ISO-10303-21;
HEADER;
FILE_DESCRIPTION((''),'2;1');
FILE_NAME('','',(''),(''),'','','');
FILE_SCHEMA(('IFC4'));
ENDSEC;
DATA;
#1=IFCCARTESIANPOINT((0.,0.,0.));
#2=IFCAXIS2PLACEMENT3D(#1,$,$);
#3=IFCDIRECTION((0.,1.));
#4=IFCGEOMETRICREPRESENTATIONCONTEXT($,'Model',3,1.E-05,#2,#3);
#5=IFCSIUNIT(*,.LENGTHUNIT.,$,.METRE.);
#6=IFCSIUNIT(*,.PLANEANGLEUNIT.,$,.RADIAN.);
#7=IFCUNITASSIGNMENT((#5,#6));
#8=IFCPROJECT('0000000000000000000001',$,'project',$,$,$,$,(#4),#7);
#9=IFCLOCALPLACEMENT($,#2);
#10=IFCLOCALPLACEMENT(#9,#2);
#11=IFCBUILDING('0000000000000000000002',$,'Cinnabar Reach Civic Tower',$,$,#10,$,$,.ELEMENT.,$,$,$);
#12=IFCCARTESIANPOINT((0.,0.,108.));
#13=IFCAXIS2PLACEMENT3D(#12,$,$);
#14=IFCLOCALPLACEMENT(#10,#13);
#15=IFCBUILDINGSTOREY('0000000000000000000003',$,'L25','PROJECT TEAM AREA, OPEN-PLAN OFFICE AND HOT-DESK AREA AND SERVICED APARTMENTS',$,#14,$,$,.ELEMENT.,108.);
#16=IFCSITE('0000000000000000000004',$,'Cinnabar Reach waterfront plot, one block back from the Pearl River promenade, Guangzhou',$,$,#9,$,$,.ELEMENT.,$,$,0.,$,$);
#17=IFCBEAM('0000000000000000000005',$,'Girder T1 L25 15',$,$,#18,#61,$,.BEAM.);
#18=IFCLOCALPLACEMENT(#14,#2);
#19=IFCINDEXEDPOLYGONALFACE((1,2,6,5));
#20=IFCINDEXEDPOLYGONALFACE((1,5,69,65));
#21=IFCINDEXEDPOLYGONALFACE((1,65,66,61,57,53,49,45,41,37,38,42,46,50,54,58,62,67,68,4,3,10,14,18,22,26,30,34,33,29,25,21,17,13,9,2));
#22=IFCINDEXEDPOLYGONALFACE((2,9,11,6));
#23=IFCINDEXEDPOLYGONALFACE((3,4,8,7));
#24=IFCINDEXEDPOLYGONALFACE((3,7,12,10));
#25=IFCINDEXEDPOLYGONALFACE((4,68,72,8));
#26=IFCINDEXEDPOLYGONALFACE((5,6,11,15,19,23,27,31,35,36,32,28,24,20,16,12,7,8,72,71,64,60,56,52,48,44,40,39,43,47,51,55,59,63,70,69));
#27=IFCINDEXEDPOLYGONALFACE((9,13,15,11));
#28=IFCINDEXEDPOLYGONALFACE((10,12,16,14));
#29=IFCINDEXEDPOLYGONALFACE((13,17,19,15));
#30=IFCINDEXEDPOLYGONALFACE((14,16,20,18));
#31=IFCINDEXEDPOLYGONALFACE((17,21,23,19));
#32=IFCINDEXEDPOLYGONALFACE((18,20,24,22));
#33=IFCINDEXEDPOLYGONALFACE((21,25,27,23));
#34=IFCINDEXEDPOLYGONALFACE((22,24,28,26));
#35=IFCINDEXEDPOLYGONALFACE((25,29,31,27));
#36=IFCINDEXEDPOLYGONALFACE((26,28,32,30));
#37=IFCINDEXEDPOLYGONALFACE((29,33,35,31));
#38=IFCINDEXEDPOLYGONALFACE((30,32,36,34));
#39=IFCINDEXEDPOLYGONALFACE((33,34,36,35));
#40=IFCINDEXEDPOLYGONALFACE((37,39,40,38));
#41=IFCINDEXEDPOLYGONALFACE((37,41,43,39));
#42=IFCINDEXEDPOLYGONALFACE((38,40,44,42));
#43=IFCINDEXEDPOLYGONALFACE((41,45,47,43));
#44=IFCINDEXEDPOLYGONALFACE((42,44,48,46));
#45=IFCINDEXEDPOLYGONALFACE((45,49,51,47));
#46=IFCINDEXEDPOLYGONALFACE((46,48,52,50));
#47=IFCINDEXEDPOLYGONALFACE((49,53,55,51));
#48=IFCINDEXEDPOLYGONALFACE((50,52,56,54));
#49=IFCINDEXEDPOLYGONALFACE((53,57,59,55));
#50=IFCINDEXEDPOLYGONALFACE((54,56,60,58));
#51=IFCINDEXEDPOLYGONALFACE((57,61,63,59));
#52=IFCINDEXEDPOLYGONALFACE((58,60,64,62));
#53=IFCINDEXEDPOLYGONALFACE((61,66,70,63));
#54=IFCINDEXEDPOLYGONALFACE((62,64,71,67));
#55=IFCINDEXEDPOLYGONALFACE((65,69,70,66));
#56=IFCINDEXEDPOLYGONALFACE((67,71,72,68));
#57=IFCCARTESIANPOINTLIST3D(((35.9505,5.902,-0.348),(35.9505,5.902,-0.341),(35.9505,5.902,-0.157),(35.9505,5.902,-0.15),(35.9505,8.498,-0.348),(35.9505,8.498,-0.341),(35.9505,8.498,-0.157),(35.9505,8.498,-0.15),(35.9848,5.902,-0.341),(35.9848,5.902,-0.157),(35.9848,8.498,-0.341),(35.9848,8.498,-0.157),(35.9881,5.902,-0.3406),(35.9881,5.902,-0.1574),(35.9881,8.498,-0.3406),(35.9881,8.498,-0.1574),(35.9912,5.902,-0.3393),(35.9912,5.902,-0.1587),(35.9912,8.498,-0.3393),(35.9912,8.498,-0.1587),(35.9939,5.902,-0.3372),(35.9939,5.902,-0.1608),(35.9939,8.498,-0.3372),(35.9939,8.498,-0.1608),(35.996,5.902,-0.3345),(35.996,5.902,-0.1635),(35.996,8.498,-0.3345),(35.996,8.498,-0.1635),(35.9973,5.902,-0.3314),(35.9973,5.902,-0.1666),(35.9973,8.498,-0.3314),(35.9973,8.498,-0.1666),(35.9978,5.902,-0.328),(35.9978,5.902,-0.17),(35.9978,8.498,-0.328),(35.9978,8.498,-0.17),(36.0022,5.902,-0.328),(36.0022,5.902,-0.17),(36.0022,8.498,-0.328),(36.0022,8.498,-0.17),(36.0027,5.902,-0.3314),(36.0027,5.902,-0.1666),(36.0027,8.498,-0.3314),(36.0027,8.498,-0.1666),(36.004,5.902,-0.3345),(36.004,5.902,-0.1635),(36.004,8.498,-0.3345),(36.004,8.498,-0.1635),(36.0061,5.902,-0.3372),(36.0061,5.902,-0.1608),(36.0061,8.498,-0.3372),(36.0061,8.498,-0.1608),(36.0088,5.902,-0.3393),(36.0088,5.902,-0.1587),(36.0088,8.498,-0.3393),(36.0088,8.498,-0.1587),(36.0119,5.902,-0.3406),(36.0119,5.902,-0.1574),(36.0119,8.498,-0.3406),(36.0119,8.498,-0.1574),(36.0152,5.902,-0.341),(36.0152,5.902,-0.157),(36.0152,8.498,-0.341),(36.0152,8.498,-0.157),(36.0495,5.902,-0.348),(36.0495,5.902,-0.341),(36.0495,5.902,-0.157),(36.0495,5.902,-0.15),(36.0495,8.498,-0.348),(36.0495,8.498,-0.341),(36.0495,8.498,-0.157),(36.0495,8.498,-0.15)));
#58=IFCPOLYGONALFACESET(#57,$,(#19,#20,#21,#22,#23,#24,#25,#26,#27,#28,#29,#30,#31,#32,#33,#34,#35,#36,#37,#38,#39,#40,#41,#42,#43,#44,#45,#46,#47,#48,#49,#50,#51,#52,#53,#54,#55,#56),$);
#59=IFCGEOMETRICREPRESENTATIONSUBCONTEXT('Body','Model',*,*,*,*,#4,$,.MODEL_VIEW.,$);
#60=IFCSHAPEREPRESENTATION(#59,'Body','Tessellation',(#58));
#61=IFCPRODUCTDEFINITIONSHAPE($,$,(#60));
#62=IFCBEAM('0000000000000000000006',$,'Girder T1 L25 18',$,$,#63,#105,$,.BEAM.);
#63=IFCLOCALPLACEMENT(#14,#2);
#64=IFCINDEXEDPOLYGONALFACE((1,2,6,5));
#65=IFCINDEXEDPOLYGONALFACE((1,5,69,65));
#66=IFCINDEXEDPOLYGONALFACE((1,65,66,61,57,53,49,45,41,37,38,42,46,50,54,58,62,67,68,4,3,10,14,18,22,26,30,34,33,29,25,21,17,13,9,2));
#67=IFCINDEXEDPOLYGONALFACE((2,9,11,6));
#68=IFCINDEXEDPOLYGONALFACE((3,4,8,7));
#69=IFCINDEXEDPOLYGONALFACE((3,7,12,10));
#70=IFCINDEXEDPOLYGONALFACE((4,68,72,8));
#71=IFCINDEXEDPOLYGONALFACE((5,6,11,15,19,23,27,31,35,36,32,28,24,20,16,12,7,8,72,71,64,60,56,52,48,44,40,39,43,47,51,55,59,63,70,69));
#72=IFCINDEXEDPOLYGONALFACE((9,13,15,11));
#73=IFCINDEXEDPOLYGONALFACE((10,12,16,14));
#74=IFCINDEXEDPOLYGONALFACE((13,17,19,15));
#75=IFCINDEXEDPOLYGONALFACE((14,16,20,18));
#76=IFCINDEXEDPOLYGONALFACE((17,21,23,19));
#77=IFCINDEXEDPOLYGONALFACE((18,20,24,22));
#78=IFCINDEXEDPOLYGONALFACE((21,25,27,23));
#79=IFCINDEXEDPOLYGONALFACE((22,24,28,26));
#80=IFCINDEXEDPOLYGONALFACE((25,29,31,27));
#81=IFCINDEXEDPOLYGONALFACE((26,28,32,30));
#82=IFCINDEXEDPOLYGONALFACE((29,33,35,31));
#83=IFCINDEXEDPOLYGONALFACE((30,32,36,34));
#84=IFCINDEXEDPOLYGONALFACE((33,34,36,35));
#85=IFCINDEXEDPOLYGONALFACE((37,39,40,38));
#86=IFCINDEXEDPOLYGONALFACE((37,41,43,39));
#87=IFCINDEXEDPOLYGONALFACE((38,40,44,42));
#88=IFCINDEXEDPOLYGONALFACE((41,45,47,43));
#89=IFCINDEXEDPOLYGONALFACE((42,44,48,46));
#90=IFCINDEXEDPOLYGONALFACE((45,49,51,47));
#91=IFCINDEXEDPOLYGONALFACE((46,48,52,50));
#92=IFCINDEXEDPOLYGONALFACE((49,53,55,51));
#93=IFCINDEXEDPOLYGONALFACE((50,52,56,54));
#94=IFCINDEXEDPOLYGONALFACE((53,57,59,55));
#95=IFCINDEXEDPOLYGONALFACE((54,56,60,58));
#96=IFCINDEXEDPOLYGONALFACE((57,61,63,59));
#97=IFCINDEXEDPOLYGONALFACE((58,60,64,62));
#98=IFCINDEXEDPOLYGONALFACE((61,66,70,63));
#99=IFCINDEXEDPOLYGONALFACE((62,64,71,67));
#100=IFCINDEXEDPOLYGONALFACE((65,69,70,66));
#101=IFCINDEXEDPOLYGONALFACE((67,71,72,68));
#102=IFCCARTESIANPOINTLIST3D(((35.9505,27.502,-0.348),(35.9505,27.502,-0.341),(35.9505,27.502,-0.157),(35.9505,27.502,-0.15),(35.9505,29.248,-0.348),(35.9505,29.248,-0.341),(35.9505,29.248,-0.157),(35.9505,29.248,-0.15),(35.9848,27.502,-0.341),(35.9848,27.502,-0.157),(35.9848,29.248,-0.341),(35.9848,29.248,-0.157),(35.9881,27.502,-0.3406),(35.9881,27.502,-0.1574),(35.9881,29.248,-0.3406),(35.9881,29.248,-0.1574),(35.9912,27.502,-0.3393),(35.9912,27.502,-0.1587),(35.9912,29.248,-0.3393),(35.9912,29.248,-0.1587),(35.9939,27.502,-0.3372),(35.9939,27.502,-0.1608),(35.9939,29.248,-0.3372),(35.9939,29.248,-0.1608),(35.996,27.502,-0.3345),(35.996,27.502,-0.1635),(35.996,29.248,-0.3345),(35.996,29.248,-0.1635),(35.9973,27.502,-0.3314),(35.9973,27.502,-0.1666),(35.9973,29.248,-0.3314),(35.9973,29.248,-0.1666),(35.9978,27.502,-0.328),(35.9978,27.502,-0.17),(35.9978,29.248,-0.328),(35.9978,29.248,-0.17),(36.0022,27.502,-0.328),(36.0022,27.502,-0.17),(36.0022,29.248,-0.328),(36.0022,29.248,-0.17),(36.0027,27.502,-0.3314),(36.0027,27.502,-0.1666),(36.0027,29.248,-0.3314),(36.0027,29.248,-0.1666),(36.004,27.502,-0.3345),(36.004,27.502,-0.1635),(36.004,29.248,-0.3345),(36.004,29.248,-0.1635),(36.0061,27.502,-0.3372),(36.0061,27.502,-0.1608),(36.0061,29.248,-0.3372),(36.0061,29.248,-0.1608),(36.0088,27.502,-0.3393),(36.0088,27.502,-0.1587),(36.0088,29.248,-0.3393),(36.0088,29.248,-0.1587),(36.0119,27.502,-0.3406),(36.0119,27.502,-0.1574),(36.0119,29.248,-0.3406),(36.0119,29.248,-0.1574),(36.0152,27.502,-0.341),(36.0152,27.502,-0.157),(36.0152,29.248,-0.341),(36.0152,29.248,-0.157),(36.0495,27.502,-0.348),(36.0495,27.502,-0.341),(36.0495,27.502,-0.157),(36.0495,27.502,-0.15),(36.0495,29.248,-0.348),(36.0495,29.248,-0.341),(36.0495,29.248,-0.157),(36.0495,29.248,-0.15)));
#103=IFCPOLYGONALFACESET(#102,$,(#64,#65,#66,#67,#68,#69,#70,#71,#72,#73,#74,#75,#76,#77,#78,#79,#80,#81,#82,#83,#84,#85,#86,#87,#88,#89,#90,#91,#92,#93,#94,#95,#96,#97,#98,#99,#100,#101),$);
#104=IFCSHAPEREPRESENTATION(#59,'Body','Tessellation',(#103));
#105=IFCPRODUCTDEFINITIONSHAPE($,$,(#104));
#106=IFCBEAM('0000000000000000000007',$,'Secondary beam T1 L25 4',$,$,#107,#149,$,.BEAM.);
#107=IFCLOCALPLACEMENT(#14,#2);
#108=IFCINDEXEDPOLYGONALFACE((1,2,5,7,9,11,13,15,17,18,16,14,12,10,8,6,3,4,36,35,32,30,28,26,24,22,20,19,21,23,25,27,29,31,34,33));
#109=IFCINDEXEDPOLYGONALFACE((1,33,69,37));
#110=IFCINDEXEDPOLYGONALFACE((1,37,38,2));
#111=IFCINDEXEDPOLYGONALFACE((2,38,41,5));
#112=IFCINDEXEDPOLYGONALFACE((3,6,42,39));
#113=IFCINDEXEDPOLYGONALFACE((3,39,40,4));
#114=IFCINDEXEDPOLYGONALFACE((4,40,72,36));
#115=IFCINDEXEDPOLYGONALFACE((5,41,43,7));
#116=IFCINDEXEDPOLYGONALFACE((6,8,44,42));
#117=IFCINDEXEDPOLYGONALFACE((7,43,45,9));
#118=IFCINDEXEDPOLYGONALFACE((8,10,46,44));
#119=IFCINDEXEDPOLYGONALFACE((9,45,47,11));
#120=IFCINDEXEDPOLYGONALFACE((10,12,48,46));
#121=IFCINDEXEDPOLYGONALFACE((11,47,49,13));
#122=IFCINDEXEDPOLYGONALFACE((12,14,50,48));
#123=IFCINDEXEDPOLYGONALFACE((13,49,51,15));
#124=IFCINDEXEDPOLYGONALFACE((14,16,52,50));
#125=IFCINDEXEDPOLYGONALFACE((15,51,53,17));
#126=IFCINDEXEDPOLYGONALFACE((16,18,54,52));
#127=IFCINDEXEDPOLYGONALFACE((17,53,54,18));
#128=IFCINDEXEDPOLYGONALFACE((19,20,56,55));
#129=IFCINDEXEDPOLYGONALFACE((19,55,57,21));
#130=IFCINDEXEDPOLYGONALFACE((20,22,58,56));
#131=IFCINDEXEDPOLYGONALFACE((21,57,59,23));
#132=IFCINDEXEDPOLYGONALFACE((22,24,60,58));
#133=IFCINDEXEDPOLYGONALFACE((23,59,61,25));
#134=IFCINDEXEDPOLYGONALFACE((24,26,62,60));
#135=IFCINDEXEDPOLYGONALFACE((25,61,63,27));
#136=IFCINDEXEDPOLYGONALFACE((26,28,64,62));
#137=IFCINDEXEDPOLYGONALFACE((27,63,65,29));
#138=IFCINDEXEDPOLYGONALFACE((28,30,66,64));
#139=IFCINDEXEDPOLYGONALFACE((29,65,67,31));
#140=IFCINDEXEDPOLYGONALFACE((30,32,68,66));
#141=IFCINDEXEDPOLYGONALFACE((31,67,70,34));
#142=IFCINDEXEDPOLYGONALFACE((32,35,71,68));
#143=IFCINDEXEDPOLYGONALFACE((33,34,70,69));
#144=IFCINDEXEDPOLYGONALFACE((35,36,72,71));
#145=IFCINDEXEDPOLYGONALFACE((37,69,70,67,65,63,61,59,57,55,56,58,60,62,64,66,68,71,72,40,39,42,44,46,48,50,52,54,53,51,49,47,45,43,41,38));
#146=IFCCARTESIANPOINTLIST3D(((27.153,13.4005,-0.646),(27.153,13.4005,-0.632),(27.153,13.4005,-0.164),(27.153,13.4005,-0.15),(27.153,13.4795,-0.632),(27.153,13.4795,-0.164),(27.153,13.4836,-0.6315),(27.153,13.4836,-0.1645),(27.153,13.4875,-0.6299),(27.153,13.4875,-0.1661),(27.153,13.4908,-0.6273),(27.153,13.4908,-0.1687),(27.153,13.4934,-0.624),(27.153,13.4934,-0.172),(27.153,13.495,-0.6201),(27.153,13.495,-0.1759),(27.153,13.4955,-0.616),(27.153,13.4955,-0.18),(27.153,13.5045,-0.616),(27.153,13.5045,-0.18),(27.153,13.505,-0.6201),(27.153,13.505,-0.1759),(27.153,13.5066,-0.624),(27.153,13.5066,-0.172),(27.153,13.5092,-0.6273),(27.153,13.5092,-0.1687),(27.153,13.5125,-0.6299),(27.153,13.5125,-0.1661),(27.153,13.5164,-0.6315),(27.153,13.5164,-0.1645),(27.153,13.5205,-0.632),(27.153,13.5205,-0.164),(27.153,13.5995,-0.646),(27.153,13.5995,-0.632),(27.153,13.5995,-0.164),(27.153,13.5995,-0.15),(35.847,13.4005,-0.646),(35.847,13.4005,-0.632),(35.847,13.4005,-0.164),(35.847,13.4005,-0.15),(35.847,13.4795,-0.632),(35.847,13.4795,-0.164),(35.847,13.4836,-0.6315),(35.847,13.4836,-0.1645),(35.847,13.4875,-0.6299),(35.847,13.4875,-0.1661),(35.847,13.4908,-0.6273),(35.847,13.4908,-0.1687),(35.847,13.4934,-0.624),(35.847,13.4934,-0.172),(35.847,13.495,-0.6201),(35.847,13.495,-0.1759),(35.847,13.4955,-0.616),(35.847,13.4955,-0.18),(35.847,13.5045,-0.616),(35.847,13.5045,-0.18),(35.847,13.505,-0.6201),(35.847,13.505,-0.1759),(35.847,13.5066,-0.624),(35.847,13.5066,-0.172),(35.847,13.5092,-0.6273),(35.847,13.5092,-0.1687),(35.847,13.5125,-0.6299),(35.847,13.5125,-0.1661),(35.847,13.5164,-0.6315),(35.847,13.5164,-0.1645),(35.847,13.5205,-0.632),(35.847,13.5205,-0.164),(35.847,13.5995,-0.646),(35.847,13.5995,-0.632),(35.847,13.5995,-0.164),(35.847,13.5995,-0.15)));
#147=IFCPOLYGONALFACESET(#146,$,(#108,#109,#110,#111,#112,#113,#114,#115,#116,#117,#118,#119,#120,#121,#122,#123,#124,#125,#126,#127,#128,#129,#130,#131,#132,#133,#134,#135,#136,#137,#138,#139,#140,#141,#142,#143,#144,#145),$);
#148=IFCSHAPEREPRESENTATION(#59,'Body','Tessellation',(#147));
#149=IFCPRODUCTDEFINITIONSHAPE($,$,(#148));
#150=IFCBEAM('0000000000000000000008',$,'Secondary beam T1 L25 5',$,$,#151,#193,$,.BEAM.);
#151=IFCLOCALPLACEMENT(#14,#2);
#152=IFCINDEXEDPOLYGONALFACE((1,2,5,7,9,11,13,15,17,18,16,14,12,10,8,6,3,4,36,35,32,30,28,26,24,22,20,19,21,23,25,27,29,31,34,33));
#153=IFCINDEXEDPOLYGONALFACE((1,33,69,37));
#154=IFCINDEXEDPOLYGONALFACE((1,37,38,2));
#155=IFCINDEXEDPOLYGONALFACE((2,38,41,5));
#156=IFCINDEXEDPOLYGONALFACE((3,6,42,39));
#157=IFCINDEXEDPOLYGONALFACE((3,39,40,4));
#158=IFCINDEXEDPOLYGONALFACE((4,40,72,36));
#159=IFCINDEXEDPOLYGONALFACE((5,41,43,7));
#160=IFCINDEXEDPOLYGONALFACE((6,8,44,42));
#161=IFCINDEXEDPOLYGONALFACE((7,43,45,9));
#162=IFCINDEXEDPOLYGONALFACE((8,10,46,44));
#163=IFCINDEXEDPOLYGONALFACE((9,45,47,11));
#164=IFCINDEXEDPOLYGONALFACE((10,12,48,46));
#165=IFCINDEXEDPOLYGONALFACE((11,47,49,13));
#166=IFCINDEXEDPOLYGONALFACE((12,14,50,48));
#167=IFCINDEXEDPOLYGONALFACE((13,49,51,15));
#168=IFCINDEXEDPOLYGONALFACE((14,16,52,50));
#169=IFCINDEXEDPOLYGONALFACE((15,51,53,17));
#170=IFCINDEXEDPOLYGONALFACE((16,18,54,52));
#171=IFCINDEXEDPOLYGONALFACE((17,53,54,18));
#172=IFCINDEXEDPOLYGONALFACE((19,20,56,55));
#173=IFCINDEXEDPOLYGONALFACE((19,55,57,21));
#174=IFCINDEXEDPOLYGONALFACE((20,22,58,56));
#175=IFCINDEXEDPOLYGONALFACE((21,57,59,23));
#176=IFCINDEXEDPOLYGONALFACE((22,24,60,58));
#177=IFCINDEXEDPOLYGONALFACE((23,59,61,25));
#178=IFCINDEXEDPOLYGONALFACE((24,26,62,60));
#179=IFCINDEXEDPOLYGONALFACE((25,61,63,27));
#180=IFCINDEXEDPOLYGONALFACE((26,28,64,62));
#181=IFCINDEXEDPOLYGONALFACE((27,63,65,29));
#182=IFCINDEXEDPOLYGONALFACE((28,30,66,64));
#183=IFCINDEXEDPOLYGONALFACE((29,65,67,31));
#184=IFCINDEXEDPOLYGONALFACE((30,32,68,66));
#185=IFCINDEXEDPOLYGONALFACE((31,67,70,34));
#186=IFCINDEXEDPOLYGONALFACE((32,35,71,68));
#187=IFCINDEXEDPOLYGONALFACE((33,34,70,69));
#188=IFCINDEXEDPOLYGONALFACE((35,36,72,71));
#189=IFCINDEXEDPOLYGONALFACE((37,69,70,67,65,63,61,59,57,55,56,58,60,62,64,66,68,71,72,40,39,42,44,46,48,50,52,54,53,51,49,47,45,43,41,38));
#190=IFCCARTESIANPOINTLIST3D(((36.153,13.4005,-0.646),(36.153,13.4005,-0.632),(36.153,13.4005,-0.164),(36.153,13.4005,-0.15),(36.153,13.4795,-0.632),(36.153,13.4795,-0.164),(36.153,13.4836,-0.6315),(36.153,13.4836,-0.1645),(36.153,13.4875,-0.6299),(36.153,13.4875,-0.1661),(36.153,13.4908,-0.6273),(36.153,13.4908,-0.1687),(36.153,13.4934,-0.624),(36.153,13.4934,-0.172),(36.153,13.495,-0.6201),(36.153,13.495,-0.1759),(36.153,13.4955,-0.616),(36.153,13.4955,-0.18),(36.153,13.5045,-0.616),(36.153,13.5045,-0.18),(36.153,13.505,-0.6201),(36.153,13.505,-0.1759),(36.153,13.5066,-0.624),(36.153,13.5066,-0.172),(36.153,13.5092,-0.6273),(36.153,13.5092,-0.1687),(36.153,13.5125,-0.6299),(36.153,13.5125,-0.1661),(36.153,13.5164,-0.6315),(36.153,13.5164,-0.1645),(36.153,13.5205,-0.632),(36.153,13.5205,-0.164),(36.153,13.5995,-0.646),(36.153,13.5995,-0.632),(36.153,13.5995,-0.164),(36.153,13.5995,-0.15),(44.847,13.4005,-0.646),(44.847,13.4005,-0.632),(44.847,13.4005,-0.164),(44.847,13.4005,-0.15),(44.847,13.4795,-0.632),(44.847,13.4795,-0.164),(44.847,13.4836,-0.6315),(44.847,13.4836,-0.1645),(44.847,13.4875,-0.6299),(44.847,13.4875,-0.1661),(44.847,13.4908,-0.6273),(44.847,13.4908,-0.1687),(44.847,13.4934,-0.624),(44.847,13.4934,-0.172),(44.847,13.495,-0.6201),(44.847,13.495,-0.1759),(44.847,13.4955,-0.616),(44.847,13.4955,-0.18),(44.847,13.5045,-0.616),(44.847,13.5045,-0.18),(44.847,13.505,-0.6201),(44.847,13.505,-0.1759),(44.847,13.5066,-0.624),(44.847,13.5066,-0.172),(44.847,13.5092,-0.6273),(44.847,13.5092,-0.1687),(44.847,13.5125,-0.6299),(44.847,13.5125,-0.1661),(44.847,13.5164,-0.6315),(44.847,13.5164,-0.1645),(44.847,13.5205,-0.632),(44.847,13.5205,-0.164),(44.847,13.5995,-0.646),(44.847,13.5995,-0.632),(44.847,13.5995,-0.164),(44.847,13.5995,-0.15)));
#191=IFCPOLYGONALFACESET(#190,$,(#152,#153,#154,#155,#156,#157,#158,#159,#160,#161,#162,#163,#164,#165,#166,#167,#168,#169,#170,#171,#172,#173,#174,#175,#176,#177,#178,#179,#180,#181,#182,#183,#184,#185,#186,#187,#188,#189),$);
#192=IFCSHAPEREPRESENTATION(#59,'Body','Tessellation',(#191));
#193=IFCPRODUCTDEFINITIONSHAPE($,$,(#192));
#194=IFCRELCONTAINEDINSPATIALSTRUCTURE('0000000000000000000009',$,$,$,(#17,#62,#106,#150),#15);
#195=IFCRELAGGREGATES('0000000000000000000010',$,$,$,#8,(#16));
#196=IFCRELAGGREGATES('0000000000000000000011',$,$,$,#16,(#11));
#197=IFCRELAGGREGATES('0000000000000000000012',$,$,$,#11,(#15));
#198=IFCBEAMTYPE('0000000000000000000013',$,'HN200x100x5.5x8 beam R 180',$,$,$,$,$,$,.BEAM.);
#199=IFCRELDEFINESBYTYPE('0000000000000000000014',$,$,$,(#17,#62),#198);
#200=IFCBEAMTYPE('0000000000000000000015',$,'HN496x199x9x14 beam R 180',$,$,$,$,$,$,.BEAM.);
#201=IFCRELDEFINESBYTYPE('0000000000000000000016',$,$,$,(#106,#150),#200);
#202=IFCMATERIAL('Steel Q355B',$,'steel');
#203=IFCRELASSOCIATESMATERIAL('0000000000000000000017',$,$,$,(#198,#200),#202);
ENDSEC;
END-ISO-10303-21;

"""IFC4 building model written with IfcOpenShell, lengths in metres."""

from ifc_helpers import new_model, si_unit, direction, frame, origin, origin_2d, place, context, subcontext, project, spatial, i_section, extrude, material, material_profile, profile_set, type_object, element, save


model = new_model("IFC4")

# Units and contexts
model_context = context("Model", 3, precision=1e-05, world=origin(), true_north=direction((0.0, 1.0)))
body_context = subcontext(model_context, "Body", "Model", "MODEL_VIEW")
ifc_project = project(units=[si_unit("LENGTHUNIT", "METRE"), si_unit("PLANEANGLEUNIT", "RADIAN")], contexts=[model_context])

# Site, building, storey
site_placement = place(None, origin())
site = spatial("IfcSite", under=ifc_project, at=site_placement, Name="Cinnabar Reach waterfront plot, one block back from the Pearl River promenade, Guangzhou", CompositionType="ELEMENT", RefElevation=0.0)
building_placement = place(site_placement, origin())
building = spatial("IfcBuilding", under=site, at=building_placement, Name="Cinnabar Reach Civic Tower", CompositionType="ELEMENT")
storey_placement = place(building_placement, frame((0.0, 0.0, 108.0)))
storey = spatial("IfcBuildingStorey", under=building, at=storey_placement, Name="L25", Description="PROJECT TEAM AREA, OPEN-PLAN OFFICE AND HOT-DESK AREA AND SERVICED APARTMENTS", CompositionType="ELEMENT", Elevation=108.0)

# Beams
ifc_material_1 = material(Name="Steel Q355B", Category="steel")
ifc_material_profile_1 = material_profile(ifc_material_1, i_section(OverallWidth=0.099, OverallDepth=0.198, WebThickness=0.0045, FlangeThickness=0.007, FilletRadius=0.013, at=origin_2d()), Name="HN200x100x5.5x8")
ifc_profile_set_1 = profile_set([ifc_material_profile_1], Name="Steel Q355B")
beam_type_1 = type_object("IfcBeamType", Name="HN200x100x5.5x8 beam R 180", PredefinedType="BEAM", material=ifc_profile_set_1)
for number, where, z_axis, x_axis, name in (
    (1, (36.0, 5.902, -0.249), (0.0, 1.0, 0.0), (-1.0, 0.0, 0.0), "Girder T1 L25 15"),
):
    element("IfcBeam", number, at=place(storey_placement, frame(where, z_axis=z_axis, x_axis=x_axis)), inside=storey, type_object=beam_type_1, Name=name, PredefinedType="BEAM", context=body_context, shape_type="SweptSolid", body=[
        extrude(i_section(OverallWidth=0.099, OverallDepth=0.198, WebThickness=0.0045, FlangeThickness=0.007, FilletRadius=0.013, at=origin_2d()), origin(), (0.0, 0.0, 1.0), 2.596),
    ])
beam_1_placement = place(storey_placement, frame((36.0, 27.502, -0.249), z_axis=(0.0, 1.0, 0.0), x_axis=(-1.0, 0.0, 0.0)))
element("IfcBeam", 2, at=beam_1_placement, inside=storey, type_object=beam_type_1, Name="Girder T1 L25 18", PredefinedType="BEAM", context=body_context, shape_type="SweptSolid", body=[
    extrude(i_section(OverallWidth=0.099, OverallDepth=0.198, WebThickness=0.0045, FlangeThickness=0.007, FilletRadius=0.013, at=origin_2d()), origin(), (0.0, 0.0, 1.0), 1.746),
])
ifc_material_profile_2 = material_profile(ifc_material_1, i_section(OverallWidth=0.199, OverallDepth=0.496, WebThickness=0.009, FlangeThickness=0.014, FilletRadius=0.016, at=origin_2d()), Name="HN496x199x9x14")
ifc_profile_set_2 = profile_set([ifc_material_profile_2], Name="Steel Q355B")
beam_type_2 = type_object("IfcBeamType", Name="HN496x199x9x14 beam R 180", PredefinedType="BEAM", material=ifc_profile_set_2)
for number, where, z_axis, x_axis, name in (
    (3, (27.153, 13.5, -0.398), (1.0, 0.0, 0.0), (0.0, 1.0, 0.0), "Secondary beam T1 L25 4"),
    (4, (36.153, 13.5, -0.398), (1.0, 0.0, 0.0), (0.0, 1.0, 0.0), "Secondary beam T1 L25 5"),
):
    element("IfcBeam", number, at=place(storey_placement, frame(where, z_axis=z_axis, x_axis=x_axis)), inside=storey, type_object=beam_type_2, Name=name, PredefinedType="BEAM", context=body_context, shape_type="SweptSolid", body=[
        extrude(i_section(OverallWidth=0.199, OverallDepth=0.496, WebThickness=0.009, FlangeThickness=0.014, FilletRadius=0.016, at=origin_2d()), origin(), (0.0, 0.0, 1.0), 8.694),
    ])

save(model, "model.ifc")
